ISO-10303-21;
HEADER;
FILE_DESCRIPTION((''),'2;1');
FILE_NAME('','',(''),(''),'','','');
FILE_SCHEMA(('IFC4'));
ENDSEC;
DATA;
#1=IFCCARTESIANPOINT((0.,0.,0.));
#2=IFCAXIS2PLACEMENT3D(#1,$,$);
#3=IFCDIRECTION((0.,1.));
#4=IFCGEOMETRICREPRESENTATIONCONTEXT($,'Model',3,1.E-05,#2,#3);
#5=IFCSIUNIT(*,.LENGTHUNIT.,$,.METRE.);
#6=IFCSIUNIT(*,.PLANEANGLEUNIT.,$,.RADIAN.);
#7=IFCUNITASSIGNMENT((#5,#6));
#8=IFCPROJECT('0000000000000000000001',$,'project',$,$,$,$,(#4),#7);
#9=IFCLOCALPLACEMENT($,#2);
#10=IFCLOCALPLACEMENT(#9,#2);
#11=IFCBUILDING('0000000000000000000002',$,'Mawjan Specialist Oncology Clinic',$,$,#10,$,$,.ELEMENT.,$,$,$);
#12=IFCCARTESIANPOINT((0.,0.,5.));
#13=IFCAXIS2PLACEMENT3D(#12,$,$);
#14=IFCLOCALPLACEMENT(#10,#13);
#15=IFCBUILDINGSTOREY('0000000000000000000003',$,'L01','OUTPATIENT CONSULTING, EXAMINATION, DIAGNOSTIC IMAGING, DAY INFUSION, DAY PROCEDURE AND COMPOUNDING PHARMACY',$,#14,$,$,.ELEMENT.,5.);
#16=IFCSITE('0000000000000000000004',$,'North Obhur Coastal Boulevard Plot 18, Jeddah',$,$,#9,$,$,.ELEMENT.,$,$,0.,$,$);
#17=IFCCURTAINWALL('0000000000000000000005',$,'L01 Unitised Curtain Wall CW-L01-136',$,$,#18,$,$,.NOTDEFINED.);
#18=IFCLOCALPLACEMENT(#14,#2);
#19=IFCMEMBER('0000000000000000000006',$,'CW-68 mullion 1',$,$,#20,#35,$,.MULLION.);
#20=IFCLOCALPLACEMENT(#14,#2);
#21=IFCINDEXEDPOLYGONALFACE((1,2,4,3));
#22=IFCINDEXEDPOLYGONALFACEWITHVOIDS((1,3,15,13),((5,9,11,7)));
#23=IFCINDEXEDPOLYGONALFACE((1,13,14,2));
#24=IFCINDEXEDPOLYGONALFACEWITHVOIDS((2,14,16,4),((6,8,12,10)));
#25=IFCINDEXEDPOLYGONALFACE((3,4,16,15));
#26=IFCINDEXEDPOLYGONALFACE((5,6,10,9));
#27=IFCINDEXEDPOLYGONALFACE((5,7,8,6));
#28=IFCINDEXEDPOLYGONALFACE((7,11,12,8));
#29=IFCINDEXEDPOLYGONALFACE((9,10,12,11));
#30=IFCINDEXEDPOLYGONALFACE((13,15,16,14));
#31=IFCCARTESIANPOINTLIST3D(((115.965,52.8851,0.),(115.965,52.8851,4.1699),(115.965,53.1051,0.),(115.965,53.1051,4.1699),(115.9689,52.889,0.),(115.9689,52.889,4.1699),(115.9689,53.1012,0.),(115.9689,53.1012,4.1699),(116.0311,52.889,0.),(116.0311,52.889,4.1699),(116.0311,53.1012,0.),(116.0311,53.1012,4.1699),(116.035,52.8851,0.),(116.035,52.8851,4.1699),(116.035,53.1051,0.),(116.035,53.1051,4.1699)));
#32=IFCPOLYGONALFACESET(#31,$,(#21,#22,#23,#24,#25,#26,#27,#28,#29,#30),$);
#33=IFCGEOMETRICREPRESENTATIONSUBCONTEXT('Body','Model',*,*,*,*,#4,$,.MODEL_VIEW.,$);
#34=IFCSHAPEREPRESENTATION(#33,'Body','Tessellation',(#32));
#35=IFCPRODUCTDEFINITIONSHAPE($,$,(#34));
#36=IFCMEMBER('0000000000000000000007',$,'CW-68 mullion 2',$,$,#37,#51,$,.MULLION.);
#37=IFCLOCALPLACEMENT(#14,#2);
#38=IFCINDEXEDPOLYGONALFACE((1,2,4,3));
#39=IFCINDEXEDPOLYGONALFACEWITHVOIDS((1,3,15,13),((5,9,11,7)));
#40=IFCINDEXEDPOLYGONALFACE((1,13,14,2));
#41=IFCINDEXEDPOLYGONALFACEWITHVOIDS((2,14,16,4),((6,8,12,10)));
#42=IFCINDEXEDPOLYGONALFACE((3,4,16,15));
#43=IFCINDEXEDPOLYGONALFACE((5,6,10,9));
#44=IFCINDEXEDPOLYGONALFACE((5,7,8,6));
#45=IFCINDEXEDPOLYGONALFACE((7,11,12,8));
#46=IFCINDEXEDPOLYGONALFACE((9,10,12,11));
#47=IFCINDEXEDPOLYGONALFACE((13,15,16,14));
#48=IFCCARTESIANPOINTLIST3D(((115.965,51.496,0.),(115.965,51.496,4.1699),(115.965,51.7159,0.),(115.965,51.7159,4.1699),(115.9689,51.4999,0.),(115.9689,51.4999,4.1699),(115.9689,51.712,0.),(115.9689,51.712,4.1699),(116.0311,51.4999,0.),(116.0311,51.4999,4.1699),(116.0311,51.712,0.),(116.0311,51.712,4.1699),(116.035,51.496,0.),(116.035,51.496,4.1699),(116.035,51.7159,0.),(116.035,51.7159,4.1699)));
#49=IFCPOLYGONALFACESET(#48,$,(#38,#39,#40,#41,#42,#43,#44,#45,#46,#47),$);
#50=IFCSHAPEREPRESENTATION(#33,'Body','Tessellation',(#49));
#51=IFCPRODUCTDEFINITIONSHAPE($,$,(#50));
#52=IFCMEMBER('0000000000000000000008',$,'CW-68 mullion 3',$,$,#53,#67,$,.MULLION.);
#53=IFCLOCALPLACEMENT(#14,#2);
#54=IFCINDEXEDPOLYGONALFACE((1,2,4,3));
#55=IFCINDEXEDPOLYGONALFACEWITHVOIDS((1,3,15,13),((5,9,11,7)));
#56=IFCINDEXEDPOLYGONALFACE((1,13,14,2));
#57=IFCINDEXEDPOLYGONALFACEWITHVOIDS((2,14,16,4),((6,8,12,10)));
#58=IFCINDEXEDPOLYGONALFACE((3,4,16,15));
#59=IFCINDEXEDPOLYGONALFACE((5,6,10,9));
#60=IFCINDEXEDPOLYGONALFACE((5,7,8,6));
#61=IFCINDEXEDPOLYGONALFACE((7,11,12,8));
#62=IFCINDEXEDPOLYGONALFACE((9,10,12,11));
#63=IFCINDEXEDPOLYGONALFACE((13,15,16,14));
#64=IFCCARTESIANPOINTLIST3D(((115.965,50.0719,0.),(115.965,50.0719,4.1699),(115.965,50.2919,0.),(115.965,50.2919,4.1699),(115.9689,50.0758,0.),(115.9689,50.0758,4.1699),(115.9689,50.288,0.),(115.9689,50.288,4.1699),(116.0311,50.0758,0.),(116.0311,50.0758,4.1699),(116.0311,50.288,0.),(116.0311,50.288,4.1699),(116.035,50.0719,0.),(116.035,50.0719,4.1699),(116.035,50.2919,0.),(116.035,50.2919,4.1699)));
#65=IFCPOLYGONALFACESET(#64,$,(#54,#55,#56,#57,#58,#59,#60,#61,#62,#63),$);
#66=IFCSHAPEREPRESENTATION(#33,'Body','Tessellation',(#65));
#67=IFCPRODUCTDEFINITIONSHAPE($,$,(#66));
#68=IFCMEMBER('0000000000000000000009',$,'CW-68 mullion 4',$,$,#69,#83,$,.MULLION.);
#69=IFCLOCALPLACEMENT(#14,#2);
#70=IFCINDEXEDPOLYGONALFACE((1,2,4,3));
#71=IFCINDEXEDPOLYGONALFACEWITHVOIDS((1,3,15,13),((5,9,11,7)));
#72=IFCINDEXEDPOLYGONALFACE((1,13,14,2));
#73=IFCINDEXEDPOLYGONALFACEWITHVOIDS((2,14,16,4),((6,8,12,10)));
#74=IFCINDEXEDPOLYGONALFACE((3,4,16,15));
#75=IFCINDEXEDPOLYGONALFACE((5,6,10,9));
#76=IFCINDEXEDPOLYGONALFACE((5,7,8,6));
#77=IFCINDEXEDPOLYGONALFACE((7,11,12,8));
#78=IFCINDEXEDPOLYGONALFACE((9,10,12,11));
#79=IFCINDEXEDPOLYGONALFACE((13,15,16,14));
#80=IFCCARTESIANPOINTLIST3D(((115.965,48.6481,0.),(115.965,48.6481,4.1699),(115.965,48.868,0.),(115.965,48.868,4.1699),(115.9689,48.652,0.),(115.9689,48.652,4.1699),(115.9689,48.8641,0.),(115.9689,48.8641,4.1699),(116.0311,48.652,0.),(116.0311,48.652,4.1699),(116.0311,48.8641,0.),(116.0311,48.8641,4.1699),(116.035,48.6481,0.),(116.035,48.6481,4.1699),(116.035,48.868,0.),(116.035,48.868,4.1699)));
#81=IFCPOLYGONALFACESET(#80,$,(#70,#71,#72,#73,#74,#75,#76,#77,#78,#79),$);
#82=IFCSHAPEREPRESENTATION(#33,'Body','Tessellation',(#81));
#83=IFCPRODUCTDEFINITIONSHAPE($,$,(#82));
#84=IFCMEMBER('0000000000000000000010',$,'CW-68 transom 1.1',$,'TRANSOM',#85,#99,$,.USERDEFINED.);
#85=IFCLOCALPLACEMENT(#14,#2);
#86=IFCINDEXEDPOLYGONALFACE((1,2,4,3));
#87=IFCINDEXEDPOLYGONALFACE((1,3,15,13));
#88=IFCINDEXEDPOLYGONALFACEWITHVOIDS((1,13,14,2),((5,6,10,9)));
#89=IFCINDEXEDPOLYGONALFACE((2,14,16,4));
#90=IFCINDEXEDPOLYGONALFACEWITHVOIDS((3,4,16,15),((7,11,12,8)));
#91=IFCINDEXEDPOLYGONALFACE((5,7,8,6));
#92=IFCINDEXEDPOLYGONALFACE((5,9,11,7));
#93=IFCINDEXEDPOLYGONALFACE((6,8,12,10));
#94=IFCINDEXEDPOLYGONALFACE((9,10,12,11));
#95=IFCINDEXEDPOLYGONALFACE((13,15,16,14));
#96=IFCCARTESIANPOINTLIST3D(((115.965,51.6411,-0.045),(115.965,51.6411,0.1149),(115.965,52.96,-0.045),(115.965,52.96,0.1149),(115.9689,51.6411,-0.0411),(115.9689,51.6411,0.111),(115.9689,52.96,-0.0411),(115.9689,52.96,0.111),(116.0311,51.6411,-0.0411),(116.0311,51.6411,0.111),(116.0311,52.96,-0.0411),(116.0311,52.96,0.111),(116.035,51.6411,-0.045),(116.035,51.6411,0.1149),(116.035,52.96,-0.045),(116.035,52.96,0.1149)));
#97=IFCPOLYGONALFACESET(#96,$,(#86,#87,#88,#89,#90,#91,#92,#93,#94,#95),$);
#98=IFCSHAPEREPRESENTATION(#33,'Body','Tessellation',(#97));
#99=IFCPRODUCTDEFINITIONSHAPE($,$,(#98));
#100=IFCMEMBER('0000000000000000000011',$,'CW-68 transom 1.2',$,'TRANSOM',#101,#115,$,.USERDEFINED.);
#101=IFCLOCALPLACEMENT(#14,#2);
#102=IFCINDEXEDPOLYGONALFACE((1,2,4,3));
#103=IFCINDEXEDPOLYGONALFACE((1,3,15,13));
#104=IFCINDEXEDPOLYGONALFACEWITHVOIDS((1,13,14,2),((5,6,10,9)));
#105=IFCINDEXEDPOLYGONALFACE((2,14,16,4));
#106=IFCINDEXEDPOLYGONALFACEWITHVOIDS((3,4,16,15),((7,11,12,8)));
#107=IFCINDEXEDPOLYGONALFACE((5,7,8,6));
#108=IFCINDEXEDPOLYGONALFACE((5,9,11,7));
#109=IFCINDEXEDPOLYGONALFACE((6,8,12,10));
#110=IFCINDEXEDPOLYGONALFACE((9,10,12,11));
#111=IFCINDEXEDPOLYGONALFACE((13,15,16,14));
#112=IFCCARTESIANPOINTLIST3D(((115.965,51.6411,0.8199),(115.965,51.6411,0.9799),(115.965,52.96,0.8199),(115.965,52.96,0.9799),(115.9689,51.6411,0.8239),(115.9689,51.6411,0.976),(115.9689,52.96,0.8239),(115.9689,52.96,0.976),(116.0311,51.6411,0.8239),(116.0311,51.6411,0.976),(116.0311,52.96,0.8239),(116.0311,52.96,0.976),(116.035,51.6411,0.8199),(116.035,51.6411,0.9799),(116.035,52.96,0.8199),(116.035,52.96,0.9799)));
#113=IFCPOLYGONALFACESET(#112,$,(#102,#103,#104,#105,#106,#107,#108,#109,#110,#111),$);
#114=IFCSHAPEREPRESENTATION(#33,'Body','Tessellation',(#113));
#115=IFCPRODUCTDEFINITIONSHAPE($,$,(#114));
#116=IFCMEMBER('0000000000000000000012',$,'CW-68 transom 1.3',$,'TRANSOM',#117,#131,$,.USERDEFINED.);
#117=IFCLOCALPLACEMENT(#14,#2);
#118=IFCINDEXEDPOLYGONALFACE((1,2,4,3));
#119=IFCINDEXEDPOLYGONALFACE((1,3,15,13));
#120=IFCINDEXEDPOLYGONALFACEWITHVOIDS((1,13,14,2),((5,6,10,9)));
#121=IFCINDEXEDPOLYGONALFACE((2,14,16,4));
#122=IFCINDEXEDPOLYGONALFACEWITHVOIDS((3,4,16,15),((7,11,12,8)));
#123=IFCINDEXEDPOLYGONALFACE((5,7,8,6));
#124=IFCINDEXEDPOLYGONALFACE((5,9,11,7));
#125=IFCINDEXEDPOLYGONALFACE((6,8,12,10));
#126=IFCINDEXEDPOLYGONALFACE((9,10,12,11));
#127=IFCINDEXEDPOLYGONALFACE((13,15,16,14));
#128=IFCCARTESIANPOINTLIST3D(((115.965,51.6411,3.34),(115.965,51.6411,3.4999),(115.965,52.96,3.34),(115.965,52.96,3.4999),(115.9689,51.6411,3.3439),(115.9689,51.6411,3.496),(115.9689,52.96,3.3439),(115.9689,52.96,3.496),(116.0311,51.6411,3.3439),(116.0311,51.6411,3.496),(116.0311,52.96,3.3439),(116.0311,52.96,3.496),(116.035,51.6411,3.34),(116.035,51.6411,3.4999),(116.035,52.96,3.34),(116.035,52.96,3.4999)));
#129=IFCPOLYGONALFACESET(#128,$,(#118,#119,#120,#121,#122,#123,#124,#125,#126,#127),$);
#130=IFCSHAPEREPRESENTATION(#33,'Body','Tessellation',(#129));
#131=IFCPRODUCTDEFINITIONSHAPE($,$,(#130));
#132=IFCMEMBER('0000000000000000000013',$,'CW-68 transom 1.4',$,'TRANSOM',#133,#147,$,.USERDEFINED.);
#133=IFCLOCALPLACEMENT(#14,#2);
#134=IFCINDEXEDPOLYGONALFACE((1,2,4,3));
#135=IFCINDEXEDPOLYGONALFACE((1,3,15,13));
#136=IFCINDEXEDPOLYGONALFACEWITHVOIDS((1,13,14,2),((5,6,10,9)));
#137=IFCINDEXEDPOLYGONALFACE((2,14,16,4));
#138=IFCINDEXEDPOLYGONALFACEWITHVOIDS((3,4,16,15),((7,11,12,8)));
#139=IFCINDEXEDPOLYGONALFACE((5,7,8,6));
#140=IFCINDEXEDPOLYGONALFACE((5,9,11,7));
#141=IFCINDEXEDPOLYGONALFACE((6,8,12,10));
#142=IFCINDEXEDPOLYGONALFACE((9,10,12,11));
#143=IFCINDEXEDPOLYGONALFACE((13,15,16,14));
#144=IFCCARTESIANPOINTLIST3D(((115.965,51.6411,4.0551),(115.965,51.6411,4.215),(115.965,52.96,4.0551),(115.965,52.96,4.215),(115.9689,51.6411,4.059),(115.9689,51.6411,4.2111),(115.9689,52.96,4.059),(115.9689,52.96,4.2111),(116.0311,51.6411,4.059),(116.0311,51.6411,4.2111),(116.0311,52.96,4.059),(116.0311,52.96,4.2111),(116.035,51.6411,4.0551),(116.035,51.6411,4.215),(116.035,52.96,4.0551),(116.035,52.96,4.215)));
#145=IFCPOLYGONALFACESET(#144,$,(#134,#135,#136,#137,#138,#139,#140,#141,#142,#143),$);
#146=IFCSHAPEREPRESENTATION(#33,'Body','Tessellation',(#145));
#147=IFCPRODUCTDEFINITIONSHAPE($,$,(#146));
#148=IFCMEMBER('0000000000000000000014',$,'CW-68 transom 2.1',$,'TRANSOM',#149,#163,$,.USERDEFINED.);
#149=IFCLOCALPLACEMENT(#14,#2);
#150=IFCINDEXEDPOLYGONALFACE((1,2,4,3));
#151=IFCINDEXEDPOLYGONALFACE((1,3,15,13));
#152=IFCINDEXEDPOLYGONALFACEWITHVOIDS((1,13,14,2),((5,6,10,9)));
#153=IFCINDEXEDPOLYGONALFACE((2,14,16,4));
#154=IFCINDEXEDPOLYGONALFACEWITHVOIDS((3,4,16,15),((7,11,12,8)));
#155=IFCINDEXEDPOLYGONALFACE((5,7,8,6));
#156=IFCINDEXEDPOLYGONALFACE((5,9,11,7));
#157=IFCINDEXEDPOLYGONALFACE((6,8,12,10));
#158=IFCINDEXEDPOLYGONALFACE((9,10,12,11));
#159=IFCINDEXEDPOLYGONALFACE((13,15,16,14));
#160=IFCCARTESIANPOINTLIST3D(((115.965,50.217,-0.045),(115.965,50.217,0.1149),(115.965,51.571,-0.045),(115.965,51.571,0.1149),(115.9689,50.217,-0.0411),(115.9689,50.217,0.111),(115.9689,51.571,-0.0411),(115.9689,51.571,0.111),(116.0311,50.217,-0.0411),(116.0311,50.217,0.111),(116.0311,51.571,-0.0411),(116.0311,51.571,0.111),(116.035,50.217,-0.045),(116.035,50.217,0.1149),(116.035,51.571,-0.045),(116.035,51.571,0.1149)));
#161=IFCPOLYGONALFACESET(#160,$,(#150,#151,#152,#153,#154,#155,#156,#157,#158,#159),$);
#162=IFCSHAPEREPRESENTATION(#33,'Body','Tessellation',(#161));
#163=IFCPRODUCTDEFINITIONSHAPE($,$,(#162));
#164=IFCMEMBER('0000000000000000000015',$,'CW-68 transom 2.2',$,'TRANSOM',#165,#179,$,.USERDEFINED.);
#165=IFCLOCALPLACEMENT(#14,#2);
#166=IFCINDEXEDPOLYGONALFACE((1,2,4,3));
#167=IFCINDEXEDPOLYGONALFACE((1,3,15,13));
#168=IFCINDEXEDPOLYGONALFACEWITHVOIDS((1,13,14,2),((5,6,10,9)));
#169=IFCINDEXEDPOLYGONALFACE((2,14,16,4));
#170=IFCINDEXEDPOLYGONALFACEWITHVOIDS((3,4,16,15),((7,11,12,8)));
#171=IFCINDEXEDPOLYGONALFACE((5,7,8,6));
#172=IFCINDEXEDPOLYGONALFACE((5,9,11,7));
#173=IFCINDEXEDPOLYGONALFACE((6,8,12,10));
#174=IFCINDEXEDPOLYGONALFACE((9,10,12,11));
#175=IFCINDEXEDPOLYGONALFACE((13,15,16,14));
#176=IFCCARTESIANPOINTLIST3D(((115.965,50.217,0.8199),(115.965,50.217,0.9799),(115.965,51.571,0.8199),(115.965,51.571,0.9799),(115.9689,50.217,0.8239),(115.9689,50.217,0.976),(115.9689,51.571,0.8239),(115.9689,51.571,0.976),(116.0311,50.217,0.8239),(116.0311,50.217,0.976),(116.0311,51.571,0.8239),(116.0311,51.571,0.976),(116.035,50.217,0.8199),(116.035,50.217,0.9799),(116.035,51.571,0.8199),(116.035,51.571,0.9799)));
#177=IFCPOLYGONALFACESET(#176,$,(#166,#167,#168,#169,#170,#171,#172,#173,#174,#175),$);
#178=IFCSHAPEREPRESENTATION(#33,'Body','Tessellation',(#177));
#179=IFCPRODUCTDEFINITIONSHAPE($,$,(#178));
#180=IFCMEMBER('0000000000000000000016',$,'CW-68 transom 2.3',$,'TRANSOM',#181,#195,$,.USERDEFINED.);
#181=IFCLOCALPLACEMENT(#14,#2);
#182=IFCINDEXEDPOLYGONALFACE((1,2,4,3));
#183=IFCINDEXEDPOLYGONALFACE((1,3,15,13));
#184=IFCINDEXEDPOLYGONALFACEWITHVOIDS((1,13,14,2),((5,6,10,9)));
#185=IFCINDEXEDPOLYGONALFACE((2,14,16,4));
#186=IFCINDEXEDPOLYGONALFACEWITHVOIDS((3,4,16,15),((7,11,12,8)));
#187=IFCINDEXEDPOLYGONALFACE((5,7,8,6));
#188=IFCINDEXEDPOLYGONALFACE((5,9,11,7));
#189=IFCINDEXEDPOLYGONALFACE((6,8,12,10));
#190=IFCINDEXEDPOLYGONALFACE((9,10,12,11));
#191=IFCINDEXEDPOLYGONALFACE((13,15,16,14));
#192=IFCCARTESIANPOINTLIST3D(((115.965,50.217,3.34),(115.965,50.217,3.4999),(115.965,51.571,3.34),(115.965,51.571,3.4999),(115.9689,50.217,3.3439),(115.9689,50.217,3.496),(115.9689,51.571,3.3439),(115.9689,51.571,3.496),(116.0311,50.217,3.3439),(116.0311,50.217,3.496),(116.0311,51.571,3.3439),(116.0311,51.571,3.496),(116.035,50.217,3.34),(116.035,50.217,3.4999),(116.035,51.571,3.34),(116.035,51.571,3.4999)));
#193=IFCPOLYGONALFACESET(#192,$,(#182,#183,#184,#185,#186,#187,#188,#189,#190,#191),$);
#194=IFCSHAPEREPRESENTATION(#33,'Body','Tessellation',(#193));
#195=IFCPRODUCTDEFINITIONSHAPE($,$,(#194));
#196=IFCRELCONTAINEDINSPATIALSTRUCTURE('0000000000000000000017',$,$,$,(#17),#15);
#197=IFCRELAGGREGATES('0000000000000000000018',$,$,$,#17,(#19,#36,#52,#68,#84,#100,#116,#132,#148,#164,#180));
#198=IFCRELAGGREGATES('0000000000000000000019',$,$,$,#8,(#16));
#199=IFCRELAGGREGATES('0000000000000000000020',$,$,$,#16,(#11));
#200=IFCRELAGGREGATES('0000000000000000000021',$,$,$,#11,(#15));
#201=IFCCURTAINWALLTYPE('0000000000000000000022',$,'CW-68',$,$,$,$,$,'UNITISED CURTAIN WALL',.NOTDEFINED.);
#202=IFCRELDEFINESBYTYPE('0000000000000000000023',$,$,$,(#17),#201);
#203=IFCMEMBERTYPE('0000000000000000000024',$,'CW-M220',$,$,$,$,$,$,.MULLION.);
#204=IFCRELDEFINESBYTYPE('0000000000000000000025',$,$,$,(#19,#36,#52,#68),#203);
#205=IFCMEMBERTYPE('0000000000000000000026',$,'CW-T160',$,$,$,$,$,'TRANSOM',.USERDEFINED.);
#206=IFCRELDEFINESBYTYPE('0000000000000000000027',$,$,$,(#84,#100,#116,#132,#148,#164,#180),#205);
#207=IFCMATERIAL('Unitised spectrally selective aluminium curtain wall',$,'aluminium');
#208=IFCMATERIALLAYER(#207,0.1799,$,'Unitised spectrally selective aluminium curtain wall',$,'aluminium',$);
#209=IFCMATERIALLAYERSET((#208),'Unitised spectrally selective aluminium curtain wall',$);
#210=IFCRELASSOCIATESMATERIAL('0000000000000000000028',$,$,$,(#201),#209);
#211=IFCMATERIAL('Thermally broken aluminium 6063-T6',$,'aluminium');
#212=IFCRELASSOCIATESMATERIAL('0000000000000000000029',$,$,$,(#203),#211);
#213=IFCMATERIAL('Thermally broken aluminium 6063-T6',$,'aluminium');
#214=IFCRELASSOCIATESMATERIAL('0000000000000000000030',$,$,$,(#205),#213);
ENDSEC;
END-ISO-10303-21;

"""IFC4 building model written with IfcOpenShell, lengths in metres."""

from ifc_helpers import new_model, si_unit, direction, frame, origin, origin_2d, place, context, subcontext, project, spatial, hollow_rectangle, extrude, material, layer, layer_set, material_profile, profile_set, type_object, element, aggregate, save


model = new_model("IFC4")

# Units and contexts
model_context = context("Model", 3, precision=1e-05, world=origin(), true_north=direction((0.0, 1.0)))
body_context = subcontext(model_context, "Body", "Model", "MODEL_VIEW")
ifc_project = project(units=[si_unit("LENGTHUNIT", "METRE"), si_unit("PLANEANGLEUNIT", "RADIAN")], contexts=[model_context])

# Site, building, storey
site_placement = place(None, origin())
site = spatial("IfcSite", under=ifc_project, at=site_placement, Name="North Obhur Coastal Boulevard Plot 18, Jeddah", CompositionType="ELEMENT", RefElevation=0.0)
building_placement = place(site_placement, origin())
building = spatial("IfcBuilding", under=site, at=building_placement, Name="Mawjan Specialist Oncology Clinic", CompositionType="ELEMENT")
storey_placement = place(building_placement, frame((0.0, 0.0, 5.0)))
storey = spatial("IfcBuildingStorey", under=building, at=storey_placement, Name="L01", Description="OUTPATIENT CONSULTING, EXAMINATION, DIAGNOSTIC IMAGING, DAY INFUSION, DAY PROCEDURE AND COMPOUNDING PHARMACY", CompositionType="ELEMENT", Elevation=5.0)

# Curtain wall, members
ifc_material_1 = material(Name="Unitised spectrally selective aluminium curtain wall", Category="aluminium")
ifc_layer_1 = layer(ifc_material_1, 0.1799, Name="Unitised spectrally selective aluminium curtain wall", Category="aluminium")
ifc_layer_set_1 = layer_set([ifc_layer_1], Name="Unitised spectrally selective aluminium curtain wall")
curtain_wall_type = type_object("IfcCurtainWallType", Name="CW-68", ElementType="UNITISED CURTAIN WALL", PredefinedType="NOTDEFINED", material=ifc_layer_set_1)
curtain_wall_placement = place(storey_placement, origin())
curtain_wall = element("IfcCurtainWall", 1, at=curtain_wall_placement, inside=storey, type_object=curtain_wall_type, Name="L01 Unitised Curtain Wall CW-L01-136", PredefinedType="NOTDEFINED")
ifc_material_2 = material(Name="Thermally broken aluminium 6063-T6", Category="aluminium")
ifc_material_profile_1 = material_profile(ifc_material_2, hollow_rectangle(XDim=0.0701, YDim=0.22, WallThickness=0.0039, at=origin_2d()), Name="ALU MULLION 220x70x4", Category="aluminium")
ifc_profile_set_1 = profile_set([ifc_material_profile_1], Name="Thermally broken aluminium 6063-T6")
member_type_1 = type_object("IfcMemberType", Name="CW-M220", PredefinedType="MULLION", material=ifc_profile_set_1)
member_1_placement = place(storey_placement, frame((116.0, 52.9951, 0.0), z_axis=(0.0, 0.0, 1.0), x_axis=(1.0, 0.0, 0.0)))
member_1 = element("IfcMember", 2, at=member_1_placement, type_object=member_type_1, Name="CW-68 mullion 1", PredefinedType="MULLION", context=body_context, shape_type="SweptSolid", body=[
    extrude(hollow_rectangle(XDim=0.0701, YDim=0.22, WallThickness=0.0039, at=origin_2d()), origin(), (0.0, 0.0, 1.0), 4.1699),
])
member_2_placement = place(storey_placement, frame((116.0, 51.606, 0.0), z_axis=(0.0, 0.0, 1.0), x_axis=(1.0, 0.0, 0.0)))
member_2 = element("IfcMember", 3, at=member_2_placement, type_object=member_type_1, Name="CW-68 mullion 2", PredefinedType="MULLION", context=body_context, shape_type="SweptSolid", body=[
    extrude(hollow_rectangle(XDim=0.0701, YDim=0.22, WallThickness=0.0039, at=origin_2d()), origin(), (0.0, 0.0, 1.0), 4.1699),
])
member_3_placement = place(storey_placement, frame((116.0, 50.1819, 0.0), z_axis=(0.0, 0.0, 1.0), x_axis=(1.0, 0.0, 0.0)))
member_3 = element("IfcMember", 4, at=member_3_placement, type_object=member_type_1, Name="CW-68 mullion 3", PredefinedType="MULLION", context=body_context, shape_type="SweptSolid", body=[
    extrude(hollow_rectangle(XDim=0.0701, YDim=0.22, WallThickness=0.0039, at=origin_2d()), origin(), (0.0, 0.0, 1.0), 4.1699),
])
member_4_placement = place(storey_placement, frame((116.0, 48.7581, 0.0), z_axis=(0.0, 0.0, 1.0), x_axis=(1.0, 0.0, 0.0)))
member_4 = element("IfcMember", 5, at=member_4_placement, type_object=member_type_1, Name="CW-68 mullion 4", PredefinedType="MULLION", context=body_context, shape_type="SweptSolid", body=[
    extrude(hollow_rectangle(XDim=0.0701, YDim=0.22, WallThickness=0.0039, at=origin_2d()), origin(), (0.0, 0.0, 1.0), 4.1699),
])
ifc_material_3 = material(Name="Thermally broken aluminium 6063-T6", Category="aluminium")
ifc_material_profile_2 = material_profile(ifc_material_3, hollow_rectangle(XDim=0.0701, YDim=0.1599, WallThickness=0.0039, at=origin_2d()), Name="ALU TRANSOM 160x70x4", Category="aluminium")
ifc_profile_set_2 = profile_set([ifc_material_profile_2], Name="Thermally broken aluminium 6063-T6")
member_type_2 = type_object("IfcMemberType", Name="CW-T160", ElementType="TRANSOM", PredefinedType="USERDEFINED", material=ifc_profile_set_2)
member_5_placement = place(storey_placement, frame((116.0, 52.96, 0.0349), z_axis=(0.0, -1.0, 0.0), x_axis=(1.0, 0.0, 0.0)))
member_5 = element("IfcMember", 6, at=member_5_placement, type_object=member_type_2, Name="CW-68 transom 1.1", ObjectType="TRANSOM", PredefinedType="USERDEFINED", context=body_context, shape_type="SweptSolid", body=[
    extrude(hollow_rectangle(XDim=0.0701, YDim=0.1599, WallThickness=0.0039, at=origin_2d()), origin(), (0.0, 0.0, 1.0), 1.3188),
])
member_6_placement = place(storey_placement, frame((116.0, 52.96, 0.8999), z_axis=(0.0, -1.0, 0.0), x_axis=(1.0, 0.0, 0.0)))
member_6 = element("IfcMember", 7, at=member_6_placement, type_object=member_type_2, Name="CW-68 transom 1.2", ObjectType="TRANSOM", PredefinedType="USERDEFINED", context=body_context, shape_type="SweptSolid", body=[
    extrude(hollow_rectangle(XDim=0.0701, YDim=0.1599, WallThickness=0.0039, at=origin_2d()), origin(), (0.0, 0.0, 1.0), 1.3188),
])
member_7_placement = place(storey_placement, frame((116.0, 52.96, 3.4199), z_axis=(0.0, -1.0, 0.0), x_axis=(1.0, 0.0, 0.0)))
member_7 = element("IfcMember", 8, at=member_7_placement, type_object=member_type_2, Name="CW-68 transom 1.3", ObjectType="TRANSOM", PredefinedType="USERDEFINED", context=body_context, shape_type="SweptSolid", body=[
    extrude(hollow_rectangle(XDim=0.0701, YDim=0.1599, WallThickness=0.0039, at=origin_2d()), origin(), (0.0, 0.0, 1.0), 1.3188),
])
member_8_placement = place(storey_placement, frame((116.0, 52.96, 4.135), z_axis=(0.0, -1.0, 0.0), x_axis=(1.0, 0.0, 0.0)))
member_8 = element("IfcMember", 9, at=member_8_placement, type_object=member_type_2, Name="CW-68 transom 1.4", ObjectType="TRANSOM", PredefinedType="USERDEFINED", context=body_context, shape_type="SweptSolid", body=[
    extrude(hollow_rectangle(XDim=0.0701, YDim=0.1599, WallThickness=0.0039, at=origin_2d()), origin(), (0.0, 0.0, 1.0), 1.3188),
])
member_9_placement = place(storey_placement, frame((116.0, 51.571, 0.0349), z_axis=(0.0, -1.0, 0.0), x_axis=(1.0, 0.0, 0.0)))
member_9 = element("IfcMember", 10, at=member_9_placement, type_object=member_type_2, Name="CW-68 transom 2.1", ObjectType="TRANSOM", PredefinedType="USERDEFINED", context=body_context, shape_type="SweptSolid", body=[
    extrude(hollow_rectangle(XDim=0.0701, YDim=0.1599, WallThickness=0.0039, at=origin_2d()), origin(), (0.0, 0.0, 1.0), 1.354),
])
member_10_placement = place(storey_placement, frame((116.0, 51.571, 0.8999), z_axis=(0.0, -1.0, 0.0), x_axis=(1.0, 0.0, 0.0)))
member_10 = element("IfcMember", 11, at=member_10_placement, type_object=member_type_2, Name="CW-68 transom 2.2", ObjectType="TRANSOM", PredefinedType="USERDEFINED", context=body_context, shape_type="SweptSolid", body=[
    extrude(hollow_rectangle(XDim=0.0701, YDim=0.1599, WallThickness=0.0039, at=origin_2d()), origin(), (0.0, 0.0, 1.0), 1.354),
])
member_11_placement = place(storey_placement, frame((116.0, 51.571, 3.4199), z_axis=(0.0, -1.0, 0.0), x_axis=(1.0, 0.0, 0.0)))
member_11 = element("IfcMember", 12, at=member_11_placement, type_object=member_type_2, Name="CW-68 transom 2.3", ObjectType="TRANSOM", PredefinedType="USERDEFINED", context=body_context, shape_type="SweptSolid", body=[
    extrude(hollow_rectangle(XDim=0.0701, YDim=0.1599, WallThickness=0.0039, at=origin_2d()), origin(), (0.0, 0.0, 1.0), 1.354),
])
aggregate(curtain_wall, [member_1, member_2, member_3, member_4, member_5, member_6, member_7, member_8, member_9, member_10, member_11])

save(model, "model.ifc")
